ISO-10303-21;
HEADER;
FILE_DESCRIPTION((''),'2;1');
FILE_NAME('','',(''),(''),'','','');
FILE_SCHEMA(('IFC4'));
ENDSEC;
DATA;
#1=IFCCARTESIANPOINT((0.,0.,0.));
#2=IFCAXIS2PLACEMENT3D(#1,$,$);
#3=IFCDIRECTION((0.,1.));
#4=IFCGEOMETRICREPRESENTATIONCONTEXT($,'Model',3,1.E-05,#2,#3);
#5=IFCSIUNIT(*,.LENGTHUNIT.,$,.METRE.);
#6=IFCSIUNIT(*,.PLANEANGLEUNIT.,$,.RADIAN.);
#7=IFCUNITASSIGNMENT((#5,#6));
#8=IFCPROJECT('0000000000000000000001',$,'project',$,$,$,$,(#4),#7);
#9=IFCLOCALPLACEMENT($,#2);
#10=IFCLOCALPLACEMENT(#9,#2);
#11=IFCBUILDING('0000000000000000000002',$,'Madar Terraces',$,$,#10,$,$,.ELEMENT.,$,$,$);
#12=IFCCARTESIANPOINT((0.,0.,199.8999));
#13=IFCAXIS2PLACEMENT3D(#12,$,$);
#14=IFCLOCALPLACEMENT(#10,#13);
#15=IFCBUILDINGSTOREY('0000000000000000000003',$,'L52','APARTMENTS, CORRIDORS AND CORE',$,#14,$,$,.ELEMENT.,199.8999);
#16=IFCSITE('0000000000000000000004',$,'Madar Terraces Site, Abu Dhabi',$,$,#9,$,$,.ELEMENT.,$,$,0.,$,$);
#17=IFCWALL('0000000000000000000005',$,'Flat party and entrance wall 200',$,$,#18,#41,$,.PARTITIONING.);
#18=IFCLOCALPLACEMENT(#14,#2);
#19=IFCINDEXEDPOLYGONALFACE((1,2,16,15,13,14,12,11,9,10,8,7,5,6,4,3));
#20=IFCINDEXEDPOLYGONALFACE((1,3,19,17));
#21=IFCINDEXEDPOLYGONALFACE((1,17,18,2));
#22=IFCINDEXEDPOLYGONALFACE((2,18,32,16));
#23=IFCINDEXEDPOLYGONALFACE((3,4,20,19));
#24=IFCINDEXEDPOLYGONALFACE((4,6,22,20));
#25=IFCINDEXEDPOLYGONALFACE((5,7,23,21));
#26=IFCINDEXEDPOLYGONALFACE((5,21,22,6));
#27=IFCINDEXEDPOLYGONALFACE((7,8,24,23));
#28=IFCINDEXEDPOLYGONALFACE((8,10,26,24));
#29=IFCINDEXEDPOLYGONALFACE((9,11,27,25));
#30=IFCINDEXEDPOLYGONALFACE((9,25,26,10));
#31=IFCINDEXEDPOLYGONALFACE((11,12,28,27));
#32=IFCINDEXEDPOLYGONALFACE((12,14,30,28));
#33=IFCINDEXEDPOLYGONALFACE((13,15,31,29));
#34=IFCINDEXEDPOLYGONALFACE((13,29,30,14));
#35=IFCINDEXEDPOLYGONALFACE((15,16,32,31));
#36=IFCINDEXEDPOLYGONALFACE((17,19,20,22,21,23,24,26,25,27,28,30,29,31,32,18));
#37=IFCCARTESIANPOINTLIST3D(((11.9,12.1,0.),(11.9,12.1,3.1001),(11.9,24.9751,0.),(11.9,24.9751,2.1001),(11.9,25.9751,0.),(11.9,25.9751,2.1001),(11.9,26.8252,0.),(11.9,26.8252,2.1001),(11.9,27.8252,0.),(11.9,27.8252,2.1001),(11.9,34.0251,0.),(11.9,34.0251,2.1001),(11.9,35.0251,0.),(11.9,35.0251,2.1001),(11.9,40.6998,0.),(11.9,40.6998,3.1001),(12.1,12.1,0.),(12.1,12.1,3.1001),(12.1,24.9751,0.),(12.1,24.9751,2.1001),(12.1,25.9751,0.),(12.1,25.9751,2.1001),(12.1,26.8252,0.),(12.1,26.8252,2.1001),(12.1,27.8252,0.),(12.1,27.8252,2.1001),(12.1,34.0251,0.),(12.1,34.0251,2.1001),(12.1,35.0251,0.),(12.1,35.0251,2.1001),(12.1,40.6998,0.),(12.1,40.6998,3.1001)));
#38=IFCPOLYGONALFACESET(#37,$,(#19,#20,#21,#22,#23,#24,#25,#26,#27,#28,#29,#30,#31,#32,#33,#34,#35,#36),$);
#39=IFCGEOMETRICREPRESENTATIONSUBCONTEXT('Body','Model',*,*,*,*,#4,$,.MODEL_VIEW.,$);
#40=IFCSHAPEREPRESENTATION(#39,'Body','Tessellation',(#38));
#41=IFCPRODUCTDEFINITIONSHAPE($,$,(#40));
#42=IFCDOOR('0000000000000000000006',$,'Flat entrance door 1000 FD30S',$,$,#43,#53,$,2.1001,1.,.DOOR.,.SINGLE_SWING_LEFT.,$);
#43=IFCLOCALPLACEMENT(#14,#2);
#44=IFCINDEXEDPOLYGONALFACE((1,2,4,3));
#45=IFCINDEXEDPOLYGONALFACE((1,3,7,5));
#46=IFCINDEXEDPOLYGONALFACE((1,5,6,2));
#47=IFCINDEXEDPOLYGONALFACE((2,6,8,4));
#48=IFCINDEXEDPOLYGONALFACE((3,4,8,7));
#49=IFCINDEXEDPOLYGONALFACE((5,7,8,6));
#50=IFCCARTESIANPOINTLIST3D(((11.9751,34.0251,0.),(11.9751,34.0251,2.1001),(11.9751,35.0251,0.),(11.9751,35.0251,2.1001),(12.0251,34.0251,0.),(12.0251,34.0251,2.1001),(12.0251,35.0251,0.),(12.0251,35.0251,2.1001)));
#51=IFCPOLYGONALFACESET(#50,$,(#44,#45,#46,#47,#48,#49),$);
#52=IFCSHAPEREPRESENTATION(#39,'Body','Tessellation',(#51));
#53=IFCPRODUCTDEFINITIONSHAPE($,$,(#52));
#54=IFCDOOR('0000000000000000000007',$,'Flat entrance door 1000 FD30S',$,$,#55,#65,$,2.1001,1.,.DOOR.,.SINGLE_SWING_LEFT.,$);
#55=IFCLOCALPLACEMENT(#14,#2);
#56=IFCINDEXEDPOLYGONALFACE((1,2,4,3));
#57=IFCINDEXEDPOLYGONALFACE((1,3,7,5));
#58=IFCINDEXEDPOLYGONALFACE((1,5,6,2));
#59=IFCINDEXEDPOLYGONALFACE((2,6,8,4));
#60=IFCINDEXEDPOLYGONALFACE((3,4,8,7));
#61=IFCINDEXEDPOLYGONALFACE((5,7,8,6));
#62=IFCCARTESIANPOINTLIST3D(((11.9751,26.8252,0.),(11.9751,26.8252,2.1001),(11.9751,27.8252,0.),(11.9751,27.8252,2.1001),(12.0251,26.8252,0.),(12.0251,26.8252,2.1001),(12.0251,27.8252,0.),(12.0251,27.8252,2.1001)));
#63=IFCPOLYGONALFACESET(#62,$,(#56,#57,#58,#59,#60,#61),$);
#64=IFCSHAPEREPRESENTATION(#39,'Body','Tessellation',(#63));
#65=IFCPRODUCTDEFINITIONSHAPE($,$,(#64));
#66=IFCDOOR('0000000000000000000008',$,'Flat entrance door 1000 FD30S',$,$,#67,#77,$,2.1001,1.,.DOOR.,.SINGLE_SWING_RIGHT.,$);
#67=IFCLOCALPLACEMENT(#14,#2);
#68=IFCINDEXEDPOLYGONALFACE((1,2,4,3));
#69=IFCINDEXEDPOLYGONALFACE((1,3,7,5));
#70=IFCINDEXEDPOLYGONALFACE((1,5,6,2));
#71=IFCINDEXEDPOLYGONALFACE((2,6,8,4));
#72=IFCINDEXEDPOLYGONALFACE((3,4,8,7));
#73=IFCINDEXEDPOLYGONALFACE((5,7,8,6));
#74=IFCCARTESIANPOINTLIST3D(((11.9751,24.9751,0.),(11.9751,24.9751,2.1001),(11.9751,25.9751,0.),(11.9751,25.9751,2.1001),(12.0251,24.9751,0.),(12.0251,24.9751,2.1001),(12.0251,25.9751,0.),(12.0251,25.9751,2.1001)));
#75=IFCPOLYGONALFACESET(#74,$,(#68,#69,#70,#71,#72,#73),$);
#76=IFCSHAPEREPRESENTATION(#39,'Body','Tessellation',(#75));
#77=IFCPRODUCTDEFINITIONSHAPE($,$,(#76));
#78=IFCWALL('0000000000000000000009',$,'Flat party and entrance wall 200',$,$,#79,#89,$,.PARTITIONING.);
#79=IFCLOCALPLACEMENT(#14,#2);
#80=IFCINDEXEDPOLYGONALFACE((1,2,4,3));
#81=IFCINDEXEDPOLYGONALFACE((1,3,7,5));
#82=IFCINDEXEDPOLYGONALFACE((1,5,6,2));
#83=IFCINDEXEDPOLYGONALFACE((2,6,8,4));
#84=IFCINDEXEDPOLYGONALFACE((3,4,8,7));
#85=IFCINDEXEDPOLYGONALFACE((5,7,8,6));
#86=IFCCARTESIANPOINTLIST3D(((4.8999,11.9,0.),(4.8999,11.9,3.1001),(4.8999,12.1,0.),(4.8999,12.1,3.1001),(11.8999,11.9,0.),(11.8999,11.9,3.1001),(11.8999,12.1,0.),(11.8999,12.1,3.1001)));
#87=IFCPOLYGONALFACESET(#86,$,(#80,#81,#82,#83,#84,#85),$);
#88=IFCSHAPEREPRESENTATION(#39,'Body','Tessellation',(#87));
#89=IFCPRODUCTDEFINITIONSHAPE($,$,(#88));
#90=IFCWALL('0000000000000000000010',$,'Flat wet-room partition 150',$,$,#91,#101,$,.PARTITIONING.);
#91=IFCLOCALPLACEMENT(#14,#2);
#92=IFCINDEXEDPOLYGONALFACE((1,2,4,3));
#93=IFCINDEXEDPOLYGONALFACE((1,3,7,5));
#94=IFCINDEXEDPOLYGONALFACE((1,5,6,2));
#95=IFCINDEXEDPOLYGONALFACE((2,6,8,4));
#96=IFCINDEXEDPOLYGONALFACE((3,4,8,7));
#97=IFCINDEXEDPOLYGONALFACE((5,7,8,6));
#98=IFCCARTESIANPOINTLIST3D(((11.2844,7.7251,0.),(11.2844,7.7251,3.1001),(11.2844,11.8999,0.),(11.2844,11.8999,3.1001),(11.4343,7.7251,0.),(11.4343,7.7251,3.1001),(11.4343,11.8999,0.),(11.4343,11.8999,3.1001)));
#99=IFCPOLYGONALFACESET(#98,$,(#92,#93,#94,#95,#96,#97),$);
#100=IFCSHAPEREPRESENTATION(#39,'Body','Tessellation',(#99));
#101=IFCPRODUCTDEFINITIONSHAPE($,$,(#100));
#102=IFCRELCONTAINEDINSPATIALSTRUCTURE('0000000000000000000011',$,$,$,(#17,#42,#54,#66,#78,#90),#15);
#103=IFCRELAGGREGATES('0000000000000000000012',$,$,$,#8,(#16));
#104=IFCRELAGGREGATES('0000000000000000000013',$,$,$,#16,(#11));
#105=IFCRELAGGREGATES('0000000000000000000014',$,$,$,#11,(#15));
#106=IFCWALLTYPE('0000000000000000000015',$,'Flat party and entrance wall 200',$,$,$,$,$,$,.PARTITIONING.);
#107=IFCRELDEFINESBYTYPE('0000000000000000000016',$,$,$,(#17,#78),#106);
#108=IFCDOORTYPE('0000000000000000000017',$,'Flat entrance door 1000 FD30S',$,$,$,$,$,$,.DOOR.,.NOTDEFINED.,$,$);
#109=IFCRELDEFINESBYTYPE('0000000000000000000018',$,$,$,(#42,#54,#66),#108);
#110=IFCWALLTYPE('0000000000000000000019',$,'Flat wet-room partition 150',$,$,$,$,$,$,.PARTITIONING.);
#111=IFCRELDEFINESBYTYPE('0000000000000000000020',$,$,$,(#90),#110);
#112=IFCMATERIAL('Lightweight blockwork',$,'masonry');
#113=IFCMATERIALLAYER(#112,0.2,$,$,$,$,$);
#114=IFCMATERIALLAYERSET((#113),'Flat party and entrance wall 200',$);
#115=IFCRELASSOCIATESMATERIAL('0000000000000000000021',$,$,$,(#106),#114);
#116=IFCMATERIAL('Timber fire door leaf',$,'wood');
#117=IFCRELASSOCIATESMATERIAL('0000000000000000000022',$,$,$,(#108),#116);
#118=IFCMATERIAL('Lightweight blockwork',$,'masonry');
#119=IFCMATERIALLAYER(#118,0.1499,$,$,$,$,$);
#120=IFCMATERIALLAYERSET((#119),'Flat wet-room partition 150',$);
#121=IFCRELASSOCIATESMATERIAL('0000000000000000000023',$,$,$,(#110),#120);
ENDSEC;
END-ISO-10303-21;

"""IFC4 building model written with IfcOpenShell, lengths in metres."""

from ifc_helpers import new_model, si_unit, direction, frame, frame_2d, origin, place, context, subcontext, project, spatial, rectangle, extrude, material, layer, layer_set, type_object, element, fill, save


model = new_model("IFC4")

# Units and contexts
model_context = context("Model", 3, precision=1e-05, world=origin(), true_north=direction((0.0, 1.0)))
body_context = subcontext(model_context, "Body", "Model", "MODEL_VIEW")
ifc_project = project(units=[si_unit("LENGTHUNIT", "METRE"), si_unit("PLANEANGLEUNIT", "RADIAN")], contexts=[model_context])

# Site, building, storey
site_placement = place(None, origin())
site = spatial("IfcSite", under=ifc_project, at=site_placement, Name="Madar Terraces Site, Abu Dhabi", CompositionType="ELEMENT", RefElevation=0.0)
building_placement = place(site_placement, origin())
building = spatial("IfcBuilding", under=site, at=building_placement, Name="Madar Terraces", CompositionType="ELEMENT")
storey_placement = place(building_placement, frame((0.0, 0.0, 199.8999)))
storey = spatial("IfcBuildingStorey", under=building, at=storey_placement, Name="L52", Description="APARTMENTS, CORRIDORS AND CORE", CompositionType="ELEMENT", Elevation=199.8999)

# Wall, openings, doors
ifc_material_1 = material(Name="Lightweight blockwork", Category="masonry")
ifc_layer_1 = layer(ifc_material_1, 0.2)
ifc_layer_set_1 = layer_set([ifc_layer_1], Name="Flat party and entrance wall 200")
wall_type_1 = type_object("IfcWallType", Name="Flat party and entrance wall 200", PredefinedType="PARTITIONING", material=ifc_layer_set_1)
wall_1_placement = place(storey_placement, frame((12.0, 12.1001, 0.0), z_axis=(0.0, 0.0, 1.0), x_axis=(0.0, 1.0, 0.0)))
wall_1 = element("IfcWall", 1, at=wall_1_placement, inside=storey, type_object=wall_type_1, Name="Flat party and entrance wall 200", PredefinedType="PARTITIONING", context=body_context, shape_type="SweptSolid", body=[
    extrude(rectangle(XDim=28.5999, YDim=0.2, at=frame_2d((14.2998, 0.0))), origin(), (0.0, 0.0, 1.0), 3.1001),
])
opening_1_placement = place(wall_1_placement, frame((21.925, 0.0, 0.0)))
opening_1 = element("IfcOpeningElement", 2, at=opening_1_placement, cuts=wall_1, PredefinedType="OPENING", context=body_context, shape_type="SweptSolid", body=[
    extrude(rectangle(XDim=1.0, YDim=2.1001, at=frame_2d((0.5, 1.05))), frame((0.0, 0.1099, 0.0), z_axis=(0.0, -1.0, 0.0), x_axis=(1.0, 0.0, 0.0)), (0.0, 0.0, 1.0), 0.22),
])
opening_2_placement = place(wall_1_placement, frame((14.7251, 0.0, 0.0)))
opening_2 = element("IfcOpeningElement", 3, at=opening_2_placement, cuts=wall_1, PredefinedType="OPENING", context=body_context, shape_type="SweptSolid", body=[
    extrude(rectangle(XDim=1.0, YDim=2.1001, at=frame_2d((0.5, 1.05))), frame((0.0, 0.1099, 0.0), z_axis=(0.0, -1.0, 0.0), x_axis=(1.0, 0.0, 0.0)), (0.0, 0.0, 1.0), 0.22),
])
opening_3_placement = place(wall_1_placement, frame((12.875, 0.0, 0.0)))
opening_3 = element("IfcOpeningElement", 4, at=opening_3_placement, cuts=wall_1, PredefinedType="OPENING", context=body_context, shape_type="SweptSolid", body=[
    extrude(rectangle(XDim=1.0, YDim=2.1001, at=frame_2d((0.5, 1.05))), frame((0.0, 0.1099, 0.0), z_axis=(0.0, -1.0, 0.0), x_axis=(1.0, 0.0, 0.0)), (0.0, 0.0, 1.0), 0.22),
])
ifc_material_2 = material(Name="Timber fire door leaf", Category="wood")
door_type_1 = type_object("IfcDoorType", Name="Flat entrance door 1000 FD30S", OperationType="NOTDEFINED", PredefinedType="DOOR", material=ifc_material_2)
door_1_placement = place(opening_1_placement, origin())
door_1 = element("IfcDoor", 5, at=door_1_placement, inside=storey, type_object=door_type_1, Name="Flat entrance door 1000 FD30S", OperationType="SINGLE_SWING_LEFT", OverallHeight=2.1001, OverallWidth=1.0, PredefinedType="DOOR", context=body_context, shape_type="SweptSolid", body=[
    extrude(rectangle(XDim=1.0, YDim=2.1001, at=frame_2d((0.5, 1.05))), frame((0.0, 0.0249, 0.0), z_axis=(0.0, -1.0, 0.0), x_axis=(1.0, 0.0, 0.0)), (0.0, 0.0, 1.0), 0.05),
])
fill(opening_1, door_1)
door_2_placement = place(opening_2_placement, origin())
door_2 = element("IfcDoor", 6, at=door_2_placement, inside=storey, type_object=door_type_1, Name="Flat entrance door 1000 FD30S", OperationType="SINGLE_SWING_LEFT", OverallHeight=2.1001, OverallWidth=1.0, PredefinedType="DOOR", context=body_context, shape_type="SweptSolid", body=[
    extrude(rectangle(XDim=1.0, YDim=2.1001, at=frame_2d((0.5, 1.05))), frame((0.0, 0.0249, 0.0), z_axis=(0.0, -1.0, 0.0), x_axis=(1.0, 0.0, 0.0)), (0.0, 0.0, 1.0), 0.05),
])
fill(opening_2, door_2)
door_3_placement = place(opening_3_placement, origin())
door_3 = element("IfcDoor", 7, at=door_3_placement, inside=storey, type_object=door_type_1, Name="Flat entrance door 1000 FD30S", OperationType="SINGLE_SWING_RIGHT", OverallHeight=2.1001, OverallWidth=1.0, PredefinedType="DOOR", context=body_context, shape_type="SweptSolid", body=[
    extrude(rectangle(XDim=1.0, YDim=2.1001, at=frame_2d((0.5, 1.05))), frame((0.0, 0.0249, 0.0), z_axis=(0.0, -1.0, 0.0), x_axis=(1.0, 0.0, 0.0)), (0.0, 0.0, 1.0), 0.05),
])
fill(opening_3, door_3)

# Walls
wall_2_placement = place(storey_placement, frame((4.8999, 12.0, 0.0), z_axis=(0.0, 0.0, 1.0), x_axis=(1.0, 0.0, 0.0)))
element("IfcWall", 8, at=wall_2_placement, inside=storey, type_object=wall_type_1, Name="Flat party and entrance wall 200", PredefinedType="PARTITIONING", context=body_context, shape_type="SweptSolid", body=[
    extrude(rectangle(XDim=7.0, YDim=0.2, at=frame_2d((3.5, 0.0))), origin(), (0.0, 0.0, 1.0), 3.1001),
])
ifc_material_3 = material(Name="Lightweight blockwork", Category="masonry")
ifc_layer_2 = layer(ifc_material_3, 0.1499)
ifc_layer_set_2 = layer_set([ifc_layer_2], Name="Flat wet-room partition 150")
wall_type_2 = type_object("IfcWallType", Name="Flat wet-room partition 150", PredefinedType="PARTITIONING", material=ifc_layer_set_2)
wall_3_placement = place(storey_placement, frame((11.3594, 11.8999, 0.0), z_axis=(0.0, 0.0, 1.0), x_axis=(0.0, -1.0, 0.0)))
element("IfcWall", 9, at=wall_3_placement, inside=storey, type_object=wall_type_2, Name="Flat wet-room partition 150", PredefinedType="PARTITIONING", context=body_context, shape_type="SweptSolid", body=[
    extrude(rectangle(XDim=4.1748, YDim=0.1499, at=frame_2d((2.0874, 0.0))), origin(), (0.0, 0.0, 1.0), 3.1001),
])

save(model, "model.ifc")
